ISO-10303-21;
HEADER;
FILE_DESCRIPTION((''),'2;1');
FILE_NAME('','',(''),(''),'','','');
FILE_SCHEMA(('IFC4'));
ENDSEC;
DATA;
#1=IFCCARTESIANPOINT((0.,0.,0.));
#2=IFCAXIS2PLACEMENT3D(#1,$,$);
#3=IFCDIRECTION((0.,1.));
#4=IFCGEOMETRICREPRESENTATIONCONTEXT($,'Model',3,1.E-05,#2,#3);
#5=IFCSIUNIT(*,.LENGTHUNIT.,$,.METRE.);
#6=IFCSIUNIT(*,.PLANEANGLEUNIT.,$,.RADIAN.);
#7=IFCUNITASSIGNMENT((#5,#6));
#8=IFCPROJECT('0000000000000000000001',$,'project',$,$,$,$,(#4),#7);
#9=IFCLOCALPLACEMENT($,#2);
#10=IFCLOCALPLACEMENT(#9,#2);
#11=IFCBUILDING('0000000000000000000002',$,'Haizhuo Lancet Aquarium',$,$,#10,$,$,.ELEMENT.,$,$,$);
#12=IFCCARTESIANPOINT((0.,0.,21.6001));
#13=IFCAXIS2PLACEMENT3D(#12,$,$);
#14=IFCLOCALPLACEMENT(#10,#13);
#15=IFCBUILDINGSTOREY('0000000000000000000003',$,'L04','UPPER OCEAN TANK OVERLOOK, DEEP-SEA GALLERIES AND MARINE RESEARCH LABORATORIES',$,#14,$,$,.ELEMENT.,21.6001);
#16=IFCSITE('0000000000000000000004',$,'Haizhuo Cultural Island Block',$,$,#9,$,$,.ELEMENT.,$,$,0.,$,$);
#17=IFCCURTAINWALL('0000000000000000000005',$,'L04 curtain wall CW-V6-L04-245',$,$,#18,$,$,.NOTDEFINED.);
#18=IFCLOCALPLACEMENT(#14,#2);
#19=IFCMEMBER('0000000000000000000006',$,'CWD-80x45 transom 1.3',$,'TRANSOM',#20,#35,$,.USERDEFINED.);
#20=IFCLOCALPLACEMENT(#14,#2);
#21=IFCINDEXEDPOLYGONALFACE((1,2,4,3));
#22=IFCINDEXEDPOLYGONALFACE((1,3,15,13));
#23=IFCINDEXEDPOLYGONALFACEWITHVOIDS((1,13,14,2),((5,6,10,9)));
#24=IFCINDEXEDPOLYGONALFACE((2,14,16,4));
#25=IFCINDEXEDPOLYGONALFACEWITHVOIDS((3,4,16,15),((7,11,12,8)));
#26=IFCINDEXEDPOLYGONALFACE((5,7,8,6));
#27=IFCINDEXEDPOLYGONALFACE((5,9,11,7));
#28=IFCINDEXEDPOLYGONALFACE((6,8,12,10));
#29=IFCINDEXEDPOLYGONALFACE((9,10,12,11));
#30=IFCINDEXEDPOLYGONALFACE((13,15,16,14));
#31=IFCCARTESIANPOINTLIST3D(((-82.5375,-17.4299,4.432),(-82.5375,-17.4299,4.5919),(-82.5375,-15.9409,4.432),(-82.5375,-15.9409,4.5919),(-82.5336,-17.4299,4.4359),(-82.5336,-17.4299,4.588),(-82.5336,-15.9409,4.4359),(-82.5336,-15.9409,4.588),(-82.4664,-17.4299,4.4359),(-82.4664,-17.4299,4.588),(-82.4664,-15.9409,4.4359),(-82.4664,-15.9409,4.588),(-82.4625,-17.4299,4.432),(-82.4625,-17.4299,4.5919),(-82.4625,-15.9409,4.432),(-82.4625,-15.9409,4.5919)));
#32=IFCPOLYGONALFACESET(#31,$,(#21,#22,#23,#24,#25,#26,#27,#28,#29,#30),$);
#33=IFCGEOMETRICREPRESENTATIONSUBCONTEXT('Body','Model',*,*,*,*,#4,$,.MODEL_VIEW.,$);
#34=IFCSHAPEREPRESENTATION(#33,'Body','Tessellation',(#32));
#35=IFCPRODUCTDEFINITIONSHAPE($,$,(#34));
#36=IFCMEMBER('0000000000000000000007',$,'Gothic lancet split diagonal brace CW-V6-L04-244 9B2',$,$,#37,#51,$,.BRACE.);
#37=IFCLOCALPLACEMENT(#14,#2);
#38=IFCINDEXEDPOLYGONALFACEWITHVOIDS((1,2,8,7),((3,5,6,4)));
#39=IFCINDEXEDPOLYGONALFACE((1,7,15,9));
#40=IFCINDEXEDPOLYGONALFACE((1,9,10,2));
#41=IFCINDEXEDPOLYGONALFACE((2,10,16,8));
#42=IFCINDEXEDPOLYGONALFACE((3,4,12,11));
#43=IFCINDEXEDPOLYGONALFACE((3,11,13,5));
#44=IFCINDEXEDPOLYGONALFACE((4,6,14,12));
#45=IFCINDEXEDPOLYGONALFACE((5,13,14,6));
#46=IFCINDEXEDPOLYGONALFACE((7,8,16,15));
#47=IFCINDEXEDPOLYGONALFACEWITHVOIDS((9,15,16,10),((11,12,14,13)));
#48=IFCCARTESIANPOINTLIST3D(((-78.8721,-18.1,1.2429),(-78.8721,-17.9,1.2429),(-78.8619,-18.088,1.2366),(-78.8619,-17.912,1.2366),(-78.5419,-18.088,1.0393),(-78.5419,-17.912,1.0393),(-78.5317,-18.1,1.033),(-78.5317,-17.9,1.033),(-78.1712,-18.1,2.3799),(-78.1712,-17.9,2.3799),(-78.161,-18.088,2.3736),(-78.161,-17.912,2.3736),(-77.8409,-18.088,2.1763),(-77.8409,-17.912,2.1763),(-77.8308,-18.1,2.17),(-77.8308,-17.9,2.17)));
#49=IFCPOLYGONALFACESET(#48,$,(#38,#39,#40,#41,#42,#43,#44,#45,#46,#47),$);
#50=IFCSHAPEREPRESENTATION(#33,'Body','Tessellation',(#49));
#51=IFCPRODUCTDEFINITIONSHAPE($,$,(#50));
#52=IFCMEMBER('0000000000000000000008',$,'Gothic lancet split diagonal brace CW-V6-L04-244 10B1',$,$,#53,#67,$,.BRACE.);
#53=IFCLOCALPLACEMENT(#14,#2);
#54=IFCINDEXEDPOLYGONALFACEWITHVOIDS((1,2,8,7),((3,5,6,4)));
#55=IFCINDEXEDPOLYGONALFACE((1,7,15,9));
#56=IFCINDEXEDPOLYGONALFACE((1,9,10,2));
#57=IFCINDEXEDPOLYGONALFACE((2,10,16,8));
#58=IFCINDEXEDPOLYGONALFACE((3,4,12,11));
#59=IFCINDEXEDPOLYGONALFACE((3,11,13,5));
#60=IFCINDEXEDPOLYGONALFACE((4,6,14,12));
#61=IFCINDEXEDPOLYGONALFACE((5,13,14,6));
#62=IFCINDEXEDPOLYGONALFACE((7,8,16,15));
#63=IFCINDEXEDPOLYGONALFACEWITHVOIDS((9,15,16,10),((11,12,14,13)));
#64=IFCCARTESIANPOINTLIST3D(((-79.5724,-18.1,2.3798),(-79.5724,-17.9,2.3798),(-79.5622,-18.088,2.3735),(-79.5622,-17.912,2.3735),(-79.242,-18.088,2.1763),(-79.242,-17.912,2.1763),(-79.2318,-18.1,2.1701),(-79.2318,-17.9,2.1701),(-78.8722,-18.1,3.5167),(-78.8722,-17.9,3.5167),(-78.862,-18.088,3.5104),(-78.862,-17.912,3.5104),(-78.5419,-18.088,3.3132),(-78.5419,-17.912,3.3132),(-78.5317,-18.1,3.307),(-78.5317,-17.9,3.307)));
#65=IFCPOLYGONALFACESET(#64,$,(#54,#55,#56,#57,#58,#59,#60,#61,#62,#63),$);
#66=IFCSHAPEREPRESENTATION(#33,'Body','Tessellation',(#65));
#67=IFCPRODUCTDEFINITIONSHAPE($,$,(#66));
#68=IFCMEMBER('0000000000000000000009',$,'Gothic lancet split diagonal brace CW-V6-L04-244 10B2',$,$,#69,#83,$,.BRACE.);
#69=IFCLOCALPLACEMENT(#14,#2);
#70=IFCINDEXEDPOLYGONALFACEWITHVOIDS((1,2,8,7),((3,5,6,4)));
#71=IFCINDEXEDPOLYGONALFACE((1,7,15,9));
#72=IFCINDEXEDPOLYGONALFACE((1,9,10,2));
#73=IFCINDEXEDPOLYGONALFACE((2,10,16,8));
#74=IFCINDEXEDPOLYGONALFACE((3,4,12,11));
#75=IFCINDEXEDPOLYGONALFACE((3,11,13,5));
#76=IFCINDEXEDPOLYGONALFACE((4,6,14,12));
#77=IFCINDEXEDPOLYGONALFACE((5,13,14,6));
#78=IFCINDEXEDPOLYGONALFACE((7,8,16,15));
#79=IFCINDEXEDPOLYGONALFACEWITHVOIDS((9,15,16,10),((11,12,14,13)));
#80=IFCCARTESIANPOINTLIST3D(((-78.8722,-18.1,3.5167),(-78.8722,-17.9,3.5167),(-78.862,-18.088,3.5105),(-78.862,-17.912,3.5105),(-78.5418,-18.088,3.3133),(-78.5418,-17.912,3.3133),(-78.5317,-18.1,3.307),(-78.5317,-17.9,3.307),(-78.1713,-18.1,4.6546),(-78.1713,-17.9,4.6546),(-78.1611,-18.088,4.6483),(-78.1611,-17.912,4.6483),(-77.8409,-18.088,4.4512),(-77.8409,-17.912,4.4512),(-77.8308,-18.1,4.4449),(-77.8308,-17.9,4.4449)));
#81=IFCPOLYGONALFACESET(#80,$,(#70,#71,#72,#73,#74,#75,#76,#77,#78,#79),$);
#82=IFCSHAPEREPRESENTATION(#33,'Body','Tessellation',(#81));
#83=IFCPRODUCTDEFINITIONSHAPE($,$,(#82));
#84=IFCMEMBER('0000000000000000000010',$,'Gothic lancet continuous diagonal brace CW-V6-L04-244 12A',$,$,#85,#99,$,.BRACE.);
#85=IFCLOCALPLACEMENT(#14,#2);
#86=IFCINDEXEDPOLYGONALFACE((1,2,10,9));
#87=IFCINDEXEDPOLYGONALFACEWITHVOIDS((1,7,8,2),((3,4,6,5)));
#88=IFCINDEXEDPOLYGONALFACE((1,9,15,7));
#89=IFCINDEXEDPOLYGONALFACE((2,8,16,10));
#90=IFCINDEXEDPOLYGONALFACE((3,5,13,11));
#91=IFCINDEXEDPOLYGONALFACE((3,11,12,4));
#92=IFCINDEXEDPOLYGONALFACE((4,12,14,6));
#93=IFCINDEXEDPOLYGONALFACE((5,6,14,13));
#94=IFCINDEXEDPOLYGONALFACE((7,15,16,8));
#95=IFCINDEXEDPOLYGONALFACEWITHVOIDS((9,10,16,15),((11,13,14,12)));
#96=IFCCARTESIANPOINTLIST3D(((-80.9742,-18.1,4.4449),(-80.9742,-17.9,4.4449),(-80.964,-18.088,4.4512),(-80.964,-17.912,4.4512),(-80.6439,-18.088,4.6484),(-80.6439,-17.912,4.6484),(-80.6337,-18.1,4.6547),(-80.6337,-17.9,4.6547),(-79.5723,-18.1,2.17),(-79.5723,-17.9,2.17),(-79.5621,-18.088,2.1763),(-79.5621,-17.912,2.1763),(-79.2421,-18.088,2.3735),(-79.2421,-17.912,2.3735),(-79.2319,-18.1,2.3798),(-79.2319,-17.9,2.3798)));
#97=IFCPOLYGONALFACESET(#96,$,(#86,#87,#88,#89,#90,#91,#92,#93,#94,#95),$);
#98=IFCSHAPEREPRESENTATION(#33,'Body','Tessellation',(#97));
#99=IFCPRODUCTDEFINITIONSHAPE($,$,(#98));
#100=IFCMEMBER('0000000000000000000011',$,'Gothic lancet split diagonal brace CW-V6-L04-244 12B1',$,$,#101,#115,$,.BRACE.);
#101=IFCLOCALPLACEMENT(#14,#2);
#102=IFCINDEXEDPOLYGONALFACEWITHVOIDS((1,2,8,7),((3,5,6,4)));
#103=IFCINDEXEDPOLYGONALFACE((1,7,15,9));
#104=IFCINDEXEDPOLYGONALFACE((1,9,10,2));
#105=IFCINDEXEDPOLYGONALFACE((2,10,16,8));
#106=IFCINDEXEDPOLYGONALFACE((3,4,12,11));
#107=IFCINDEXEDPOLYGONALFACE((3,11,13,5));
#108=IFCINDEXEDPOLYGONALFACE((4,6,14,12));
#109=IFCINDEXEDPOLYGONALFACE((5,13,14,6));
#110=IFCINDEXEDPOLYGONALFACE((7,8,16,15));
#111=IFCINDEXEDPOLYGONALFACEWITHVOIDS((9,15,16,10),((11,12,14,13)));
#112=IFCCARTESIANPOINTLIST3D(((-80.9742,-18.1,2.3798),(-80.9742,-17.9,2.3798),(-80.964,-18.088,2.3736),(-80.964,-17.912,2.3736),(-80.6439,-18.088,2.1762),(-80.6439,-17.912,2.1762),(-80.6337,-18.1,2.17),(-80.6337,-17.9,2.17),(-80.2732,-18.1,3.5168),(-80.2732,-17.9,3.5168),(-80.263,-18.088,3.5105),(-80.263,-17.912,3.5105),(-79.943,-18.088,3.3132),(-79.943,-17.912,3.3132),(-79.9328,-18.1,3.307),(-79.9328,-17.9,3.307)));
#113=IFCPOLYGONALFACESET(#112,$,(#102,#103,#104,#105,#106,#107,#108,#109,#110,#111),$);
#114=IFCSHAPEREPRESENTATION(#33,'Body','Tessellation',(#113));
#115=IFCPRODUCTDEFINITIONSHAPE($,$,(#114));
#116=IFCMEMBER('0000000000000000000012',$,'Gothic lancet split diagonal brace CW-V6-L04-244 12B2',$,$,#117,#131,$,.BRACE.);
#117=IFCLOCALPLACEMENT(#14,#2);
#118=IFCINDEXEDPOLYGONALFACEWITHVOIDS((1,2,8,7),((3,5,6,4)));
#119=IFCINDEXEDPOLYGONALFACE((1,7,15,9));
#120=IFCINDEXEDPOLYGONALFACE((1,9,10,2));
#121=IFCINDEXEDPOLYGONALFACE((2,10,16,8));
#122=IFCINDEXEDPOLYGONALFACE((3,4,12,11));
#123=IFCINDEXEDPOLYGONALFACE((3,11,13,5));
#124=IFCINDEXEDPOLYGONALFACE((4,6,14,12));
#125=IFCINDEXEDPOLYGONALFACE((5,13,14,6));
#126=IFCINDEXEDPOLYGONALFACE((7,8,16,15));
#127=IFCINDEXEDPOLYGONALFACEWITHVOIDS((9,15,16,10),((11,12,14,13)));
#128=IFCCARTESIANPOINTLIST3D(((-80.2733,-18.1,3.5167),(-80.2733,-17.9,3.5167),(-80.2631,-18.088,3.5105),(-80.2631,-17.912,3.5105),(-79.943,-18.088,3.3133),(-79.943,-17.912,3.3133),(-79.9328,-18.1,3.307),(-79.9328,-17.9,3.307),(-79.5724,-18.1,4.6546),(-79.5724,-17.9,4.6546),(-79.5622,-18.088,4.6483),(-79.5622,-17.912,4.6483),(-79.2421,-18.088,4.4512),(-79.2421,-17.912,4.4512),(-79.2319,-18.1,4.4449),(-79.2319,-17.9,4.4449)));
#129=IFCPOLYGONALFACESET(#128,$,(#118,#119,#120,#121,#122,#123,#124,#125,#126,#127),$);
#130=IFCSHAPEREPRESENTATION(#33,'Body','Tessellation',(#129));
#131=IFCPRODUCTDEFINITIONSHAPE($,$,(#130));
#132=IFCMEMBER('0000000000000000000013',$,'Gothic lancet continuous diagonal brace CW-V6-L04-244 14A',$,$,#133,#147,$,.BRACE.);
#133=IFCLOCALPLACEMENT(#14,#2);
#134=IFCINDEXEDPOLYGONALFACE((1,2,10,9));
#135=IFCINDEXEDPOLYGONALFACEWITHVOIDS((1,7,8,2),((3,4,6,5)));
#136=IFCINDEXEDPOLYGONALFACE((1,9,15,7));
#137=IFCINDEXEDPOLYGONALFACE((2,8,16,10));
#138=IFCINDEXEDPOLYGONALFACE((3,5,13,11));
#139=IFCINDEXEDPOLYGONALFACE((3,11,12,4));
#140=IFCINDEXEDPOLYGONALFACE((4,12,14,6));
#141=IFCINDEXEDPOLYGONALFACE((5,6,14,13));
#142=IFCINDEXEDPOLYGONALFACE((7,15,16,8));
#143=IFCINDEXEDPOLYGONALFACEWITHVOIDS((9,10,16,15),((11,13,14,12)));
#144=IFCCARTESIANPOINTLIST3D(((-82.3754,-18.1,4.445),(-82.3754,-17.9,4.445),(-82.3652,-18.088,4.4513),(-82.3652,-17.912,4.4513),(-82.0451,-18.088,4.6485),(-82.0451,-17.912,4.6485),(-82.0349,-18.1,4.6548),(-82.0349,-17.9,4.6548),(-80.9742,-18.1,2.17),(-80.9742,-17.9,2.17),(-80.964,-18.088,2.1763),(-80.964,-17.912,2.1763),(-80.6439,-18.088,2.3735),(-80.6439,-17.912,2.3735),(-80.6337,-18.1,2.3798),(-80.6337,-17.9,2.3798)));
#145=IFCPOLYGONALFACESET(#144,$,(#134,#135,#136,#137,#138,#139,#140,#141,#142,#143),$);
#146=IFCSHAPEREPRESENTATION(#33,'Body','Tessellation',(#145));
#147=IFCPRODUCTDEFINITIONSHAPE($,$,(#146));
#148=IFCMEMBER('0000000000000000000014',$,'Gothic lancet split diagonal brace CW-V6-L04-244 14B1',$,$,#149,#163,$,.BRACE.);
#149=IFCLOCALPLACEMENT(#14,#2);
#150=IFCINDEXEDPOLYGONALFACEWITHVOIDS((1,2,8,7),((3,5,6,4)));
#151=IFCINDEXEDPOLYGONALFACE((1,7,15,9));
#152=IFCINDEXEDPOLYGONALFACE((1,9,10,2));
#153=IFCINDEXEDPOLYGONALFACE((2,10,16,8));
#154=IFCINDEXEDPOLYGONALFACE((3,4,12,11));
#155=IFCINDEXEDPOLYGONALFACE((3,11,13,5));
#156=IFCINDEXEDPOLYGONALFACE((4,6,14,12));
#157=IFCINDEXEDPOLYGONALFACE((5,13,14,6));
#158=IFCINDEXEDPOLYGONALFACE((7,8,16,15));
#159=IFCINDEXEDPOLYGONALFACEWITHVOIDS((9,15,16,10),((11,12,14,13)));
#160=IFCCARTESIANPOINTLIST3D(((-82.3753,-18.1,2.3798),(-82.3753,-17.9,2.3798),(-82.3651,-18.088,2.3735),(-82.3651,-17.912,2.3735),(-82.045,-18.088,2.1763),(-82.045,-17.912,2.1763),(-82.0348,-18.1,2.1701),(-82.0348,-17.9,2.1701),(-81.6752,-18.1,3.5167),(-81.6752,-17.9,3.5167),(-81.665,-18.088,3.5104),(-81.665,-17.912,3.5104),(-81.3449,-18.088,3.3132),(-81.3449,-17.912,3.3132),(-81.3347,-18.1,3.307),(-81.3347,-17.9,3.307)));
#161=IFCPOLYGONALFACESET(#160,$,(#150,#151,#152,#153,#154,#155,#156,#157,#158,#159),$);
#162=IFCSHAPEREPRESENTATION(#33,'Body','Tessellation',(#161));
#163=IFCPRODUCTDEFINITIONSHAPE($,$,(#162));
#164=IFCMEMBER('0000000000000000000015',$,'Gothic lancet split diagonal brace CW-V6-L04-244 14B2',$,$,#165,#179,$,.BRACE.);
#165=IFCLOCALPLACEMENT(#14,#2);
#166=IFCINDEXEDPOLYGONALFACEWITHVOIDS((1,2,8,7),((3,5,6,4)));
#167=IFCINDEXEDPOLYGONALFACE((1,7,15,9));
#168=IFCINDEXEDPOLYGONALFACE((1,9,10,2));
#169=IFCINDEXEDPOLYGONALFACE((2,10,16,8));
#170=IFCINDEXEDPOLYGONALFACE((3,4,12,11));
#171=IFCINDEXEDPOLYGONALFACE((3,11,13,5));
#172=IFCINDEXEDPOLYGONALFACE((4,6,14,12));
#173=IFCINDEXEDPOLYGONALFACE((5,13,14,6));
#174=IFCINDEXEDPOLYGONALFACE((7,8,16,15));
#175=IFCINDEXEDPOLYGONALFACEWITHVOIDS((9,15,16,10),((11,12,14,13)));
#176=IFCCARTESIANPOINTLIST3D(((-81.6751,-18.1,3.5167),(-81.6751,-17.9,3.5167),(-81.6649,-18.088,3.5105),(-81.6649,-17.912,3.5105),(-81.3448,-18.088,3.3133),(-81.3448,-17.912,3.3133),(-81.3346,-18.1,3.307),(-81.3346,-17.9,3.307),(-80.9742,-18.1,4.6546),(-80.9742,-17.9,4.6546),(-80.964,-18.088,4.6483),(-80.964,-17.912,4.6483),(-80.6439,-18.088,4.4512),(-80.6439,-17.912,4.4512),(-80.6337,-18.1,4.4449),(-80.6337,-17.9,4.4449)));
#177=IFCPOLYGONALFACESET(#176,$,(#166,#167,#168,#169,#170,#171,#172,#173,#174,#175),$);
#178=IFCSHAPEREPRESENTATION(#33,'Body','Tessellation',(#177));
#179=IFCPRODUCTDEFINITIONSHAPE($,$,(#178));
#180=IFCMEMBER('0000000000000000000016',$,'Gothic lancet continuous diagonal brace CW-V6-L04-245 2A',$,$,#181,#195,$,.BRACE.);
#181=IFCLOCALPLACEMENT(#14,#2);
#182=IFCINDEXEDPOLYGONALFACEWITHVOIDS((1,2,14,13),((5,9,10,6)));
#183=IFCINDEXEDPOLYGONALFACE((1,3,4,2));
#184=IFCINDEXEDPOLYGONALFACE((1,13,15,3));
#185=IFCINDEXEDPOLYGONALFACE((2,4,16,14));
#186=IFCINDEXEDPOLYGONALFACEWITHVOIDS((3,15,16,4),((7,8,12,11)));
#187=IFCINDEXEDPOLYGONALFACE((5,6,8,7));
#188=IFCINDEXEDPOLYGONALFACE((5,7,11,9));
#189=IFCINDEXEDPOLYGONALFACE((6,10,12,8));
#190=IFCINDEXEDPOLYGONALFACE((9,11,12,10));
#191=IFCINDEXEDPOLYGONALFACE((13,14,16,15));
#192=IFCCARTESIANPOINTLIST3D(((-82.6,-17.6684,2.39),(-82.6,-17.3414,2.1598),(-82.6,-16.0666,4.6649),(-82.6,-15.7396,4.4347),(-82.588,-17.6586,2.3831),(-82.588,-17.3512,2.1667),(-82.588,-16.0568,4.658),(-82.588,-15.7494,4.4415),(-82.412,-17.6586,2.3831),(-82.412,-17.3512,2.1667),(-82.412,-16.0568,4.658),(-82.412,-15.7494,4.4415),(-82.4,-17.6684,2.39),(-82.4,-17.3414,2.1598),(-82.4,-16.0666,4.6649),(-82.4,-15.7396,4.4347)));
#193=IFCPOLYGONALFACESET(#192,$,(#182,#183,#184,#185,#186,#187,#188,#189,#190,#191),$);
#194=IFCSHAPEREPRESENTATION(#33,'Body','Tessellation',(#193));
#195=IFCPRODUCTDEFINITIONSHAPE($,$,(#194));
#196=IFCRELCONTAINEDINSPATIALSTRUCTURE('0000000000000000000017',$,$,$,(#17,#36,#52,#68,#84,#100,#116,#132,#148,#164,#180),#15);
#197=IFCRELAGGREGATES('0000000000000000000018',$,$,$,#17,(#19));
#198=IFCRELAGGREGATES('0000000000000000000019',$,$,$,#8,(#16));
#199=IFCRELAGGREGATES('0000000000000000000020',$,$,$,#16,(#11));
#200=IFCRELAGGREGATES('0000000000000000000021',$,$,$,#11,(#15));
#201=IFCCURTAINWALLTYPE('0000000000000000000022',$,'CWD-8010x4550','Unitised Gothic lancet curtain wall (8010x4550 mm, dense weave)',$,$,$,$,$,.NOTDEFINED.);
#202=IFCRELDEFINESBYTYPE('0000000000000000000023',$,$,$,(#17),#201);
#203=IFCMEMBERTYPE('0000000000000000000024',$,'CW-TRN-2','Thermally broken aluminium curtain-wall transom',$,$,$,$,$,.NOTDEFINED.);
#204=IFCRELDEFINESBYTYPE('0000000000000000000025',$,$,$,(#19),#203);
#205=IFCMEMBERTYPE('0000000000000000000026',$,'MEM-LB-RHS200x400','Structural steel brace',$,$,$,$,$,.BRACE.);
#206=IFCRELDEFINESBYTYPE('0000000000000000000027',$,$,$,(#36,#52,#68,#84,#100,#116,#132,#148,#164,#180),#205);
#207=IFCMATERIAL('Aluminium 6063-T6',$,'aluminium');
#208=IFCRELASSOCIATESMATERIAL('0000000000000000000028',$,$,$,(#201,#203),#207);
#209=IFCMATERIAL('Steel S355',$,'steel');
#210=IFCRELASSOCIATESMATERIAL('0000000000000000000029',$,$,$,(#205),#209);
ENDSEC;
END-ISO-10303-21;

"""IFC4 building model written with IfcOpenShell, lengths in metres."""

from ifc_helpers import new_model, si_unit, direction, frame, origin, origin_2d, place, context, subcontext, project, spatial, hollow_rectangle, extrude, material, material_profile, profile_set, type_object, element, aggregate, save


model = new_model("IFC4")

# Units and contexts
model_context = context("Model", 3, precision=1e-05, world=origin(), true_north=direction((0.0, 1.0)))
body_context = subcontext(model_context, "Body", "Model", "MODEL_VIEW")
ifc_project = project(units=[si_unit("LENGTHUNIT", "METRE"), si_unit("PLANEANGLEUNIT", "RADIAN")], contexts=[model_context])

# Site, building, storey
site_placement = place(None, origin())
site = spatial("IfcSite", under=ifc_project, at=site_placement, Name="Haizhuo Cultural Island Block", CompositionType="ELEMENT", RefElevation=0.0)
building_placement = place(site_placement, origin())
building = spatial("IfcBuilding", under=site, at=building_placement, Name="Haizhuo Lancet Aquarium", CompositionType="ELEMENT")
storey_placement = place(building_placement, frame((0.0, 0.0, 21.6001)))
storey = spatial("IfcBuildingStorey", under=building, at=storey_placement, Name="L04", Description="UPPER OCEAN TANK OVERLOOK, DEEP-SEA GALLERIES AND MARINE RESEARCH LABORATORIES", CompositionType="ELEMENT", Elevation=21.6001)

# Shared definitions
ifc_material_1 = material(Name="Steel S355", Category="steel")

# Curtain wall, member
ifc_material_2 = material(Name="Aluminium 6063-T6", Category="aluminium")
curtain_wall_type_1 = type_object("IfcCurtainWallType", Name="CWD-8010x4550", Description="Unitised Gothic lancet curtain wall (8010x4550 mm, dense weave)", PredefinedType="NOTDEFINED", material=ifc_material_2)
curtain_wall_1_placement = place(storey_placement, origin())
curtain_wall_1 = element("IfcCurtainWall", 1, at=curtain_wall_1_placement, inside=storey, type_object=curtain_wall_type_1, Name="L04 curtain wall CW-V6-L04-245", PredefinedType="NOTDEFINED")
ifc_material_profile_1 = material_profile(ifc_material_2, hollow_rectangle(XDim=0.075, YDim=0.1599, WallThickness=0.0039, at=origin_2d()), Name="ALU-T 75x160x4")
ifc_profile_set_1 = profile_set([ifc_material_profile_1], Name="Aluminium 6063-T6")
member_type_1 = type_object("IfcMemberType", Name="CW-TRN-2", Description="Thermally broken aluminium curtain-wall transom", PredefinedType="NOTDEFINED", material=ifc_profile_set_1)
member_1_placement = place(storey_placement, frame((-82.5, -17.4299, 4.512), z_axis=(0.0, 1.0, 0.0), x_axis=(-1.0, 0.0, 0.0)))
member_1 = element("IfcMember", 2, at=member_1_placement, type_object=member_type_1, Name="CWD-80x45 transom 1.3", ObjectType="TRANSOM", PredefinedType="USERDEFINED", context=body_context, shape_type="SweptSolid", body=[
    extrude(hollow_rectangle(XDim=0.075, YDim=0.1599, WallThickness=0.0039, at=origin_2d()), origin(), (0.0, 0.0, 1.0), 1.489),
])

# Members
ifc_material_profile_2 = material_profile(ifc_material_1, hollow_rectangle(XDim=0.2, YDim=0.3999, WallThickness=0.012, at=origin_2d()), Name="RHS 200x400x12")
ifc_profile_set_2 = profile_set([ifc_material_profile_2], Name="Steel S355")
member_type_2 = type_object("IfcMemberType", Name="MEM-LB-RHS200x400", Description="Structural steel brace", PredefinedType="BRACE", material=ifc_profile_set_2)
member_2_placement = place(storey_placement, frame((-78.7019, -18.0, 1.1379), z_axis=(0.524781, 0.0, 0.851238), x_axis=(0.0, 1.0, 0.0)))
element("IfcMember", 3, at=member_2_placement, inside=storey, type_object=member_type_2, Name="Gothic lancet split diagonal brace CW-V6-L04-244 9B2", PredefinedType="BRACE", context=body_context, shape_type="SweptSolid", body=[
    extrude(hollow_rectangle(XDim=0.2, YDim=0.3999, WallThickness=0.012, at=origin_2d()), origin(), (0.0, 0.0, 1.0), 1.3357),
])
member_3_placement = place(storey_placement, frame((-79.4021, -18.0, 2.2749), z_axis=(0.524383, 0.0, 0.851482), x_axis=(0.0, 1.0, 0.0)))
element("IfcMember", 4, at=member_3_placement, inside=storey, type_object=member_type_2, Name="Gothic lancet split diagonal brace CW-V6-L04-244 10B1", PredefinedType="BRACE", context=body_context, shape_type="SweptSolid", body=[
    extrude(hollow_rectangle(XDim=0.2, YDim=0.3999, WallThickness=0.012, at=origin_2d()), origin(), (0.0, 0.0, 1.0), 1.3352),
])
member_4_placement = place(storey_placement, frame((-78.7019, -18.0, 3.4119), z_axis=(0.524454, 0.0, 0.851439), x_axis=(0.0, 1.0, 0.0)))
element("IfcMember", 5, at=member_4_placement, inside=storey, type_object=member_type_2, Name="Gothic lancet split diagonal brace CW-V6-L04-244 10B2", PredefinedType="BRACE", context=body_context, shape_type="SweptSolid", body=[
    extrude(hollow_rectangle(XDim=0.2, YDim=0.3999, WallThickness=0.012, at=origin_2d()), origin(), (0.0, 0.0, 1.0), 1.3364),
])
member_5_placement = place(storey_placement, frame((-79.4021, -18.0, 2.2749), z_axis=(-0.524617, 0.0, 0.851338), x_axis=(0.0, -1.0, 0.0)))
element("IfcMember", 6, at=member_5_placement, inside=storey, type_object=member_type_2, Name="Gothic lancet continuous diagonal brace CW-V6-L04-244 12A", PredefinedType="BRACE", context=body_context, shape_type="SweptSolid", body=[
    extrude(hollow_rectangle(XDim=0.2, YDim=0.3999, WallThickness=0.012, at=origin_2d()), origin(), (0.0, 0.0, 1.0), 2.6721),
])
member_6_placement = place(storey_placement, frame((-80.804, -18.0, 2.2749), z_axis=(0.524781, 0.0, 0.851238), x_axis=(0.0, 1.0, 0.0)))
element("IfcMember", 7, at=member_6_placement, inside=storey, type_object=member_type_2, Name="Gothic lancet split diagonal brace CW-V6-L04-244 12B1", PredefinedType="BRACE", context=body_context, shape_type="SweptSolid", body=[
    extrude(hollow_rectangle(XDim=0.2, YDim=0.3999, WallThickness=0.012, at=origin_2d()), origin(), (0.0, 0.0, 1.0), 1.3357),
])
member_7_placement = place(storey_placement, frame((-80.103, -18.0, 3.4119), z_axis=(0.524454, 0.0, 0.851439), x_axis=(0.0, 1.0, 0.0)))
element("IfcMember", 8, at=member_7_placement, inside=storey, type_object=member_type_2, Name="Gothic lancet split diagonal brace CW-V6-L04-244 12B2", PredefinedType="BRACE", context=body_context, shape_type="SweptSolid", body=[
    extrude(hollow_rectangle(XDim=0.2, YDim=0.3999, WallThickness=0.012, at=origin_2d()), origin(), (0.0, 0.0, 1.0), 1.3364),
])
member_8_placement = place(storey_placement, frame((-80.804, -18.0, 2.2749), z_axis=(-0.524419, 0.0, 0.851461), x_axis=(0.0, -1.0, 0.0)))
element("IfcMember", 9, at=member_8_placement, inside=storey, type_object=member_type_2, Name="Gothic lancet continuous diagonal brace CW-V6-L04-244 14A", PredefinedType="BRACE", context=body_context, shape_type="SweptSolid", body=[
    extrude(hollow_rectangle(XDim=0.2, YDim=0.3999, WallThickness=0.012, at=origin_2d()), origin(), (0.0, 0.0, 1.0), 2.6719),
])
member_9_placement = place(storey_placement, frame((-82.2051, -18.0, 2.2749), z_axis=(0.524383, 0.0, 0.851482), x_axis=(0.0, 1.0, 0.0)))
element("IfcMember", 10, at=member_9_placement, inside=storey, type_object=member_type_2, Name="Gothic lancet split diagonal brace CW-V6-L04-244 14B1", PredefinedType="BRACE", context=body_context, shape_type="SweptSolid", body=[
    extrude(hollow_rectangle(XDim=0.2, YDim=0.3999, WallThickness=0.012, at=origin_2d()), origin(), (0.0, 0.0, 1.0), 1.3352),
])
member_10_placement = place(storey_placement, frame((-81.5049, -18.0, 3.4119), z_axis=(0.524454, 0.0, 0.851439), x_axis=(0.0, 1.0, 0.0)))
element("IfcMember", 11, at=member_10_placement, inside=storey, type_object=member_type_2, Name="Gothic lancet split diagonal brace CW-V6-L04-244 14B2", PredefinedType="BRACE", context=body_context, shape_type="SweptSolid", body=[
    extrude(hollow_rectangle(XDim=0.2, YDim=0.3999, WallThickness=0.012, at=origin_2d()), origin(), (0.0, 0.0, 1.0), 1.3364),
])
member_11_placement = place(storey_placement, frame((-82.5, -17.5049, 2.2749), z_axis=(0.0, 0.575722, 0.817646), x_axis=(-1.0, 0.0, 0.0)))
element("IfcMember", 12, at=member_11_placement, inside=storey, type_object=member_type_2, Name="Gothic lancet continuous diagonal brace CW-V6-L04-245 2A", PredefinedType="BRACE", context=body_context, shape_type="SweptSolid", body=[
    extrude(hollow_rectangle(XDim=0.2, YDim=0.3999, WallThickness=0.012, at=origin_2d()), origin(), (0.0, 0.0, 1.0), 2.7822),
])

aggregate(curtain_wall_1, [member_1])

save(model, "model.ifc")
